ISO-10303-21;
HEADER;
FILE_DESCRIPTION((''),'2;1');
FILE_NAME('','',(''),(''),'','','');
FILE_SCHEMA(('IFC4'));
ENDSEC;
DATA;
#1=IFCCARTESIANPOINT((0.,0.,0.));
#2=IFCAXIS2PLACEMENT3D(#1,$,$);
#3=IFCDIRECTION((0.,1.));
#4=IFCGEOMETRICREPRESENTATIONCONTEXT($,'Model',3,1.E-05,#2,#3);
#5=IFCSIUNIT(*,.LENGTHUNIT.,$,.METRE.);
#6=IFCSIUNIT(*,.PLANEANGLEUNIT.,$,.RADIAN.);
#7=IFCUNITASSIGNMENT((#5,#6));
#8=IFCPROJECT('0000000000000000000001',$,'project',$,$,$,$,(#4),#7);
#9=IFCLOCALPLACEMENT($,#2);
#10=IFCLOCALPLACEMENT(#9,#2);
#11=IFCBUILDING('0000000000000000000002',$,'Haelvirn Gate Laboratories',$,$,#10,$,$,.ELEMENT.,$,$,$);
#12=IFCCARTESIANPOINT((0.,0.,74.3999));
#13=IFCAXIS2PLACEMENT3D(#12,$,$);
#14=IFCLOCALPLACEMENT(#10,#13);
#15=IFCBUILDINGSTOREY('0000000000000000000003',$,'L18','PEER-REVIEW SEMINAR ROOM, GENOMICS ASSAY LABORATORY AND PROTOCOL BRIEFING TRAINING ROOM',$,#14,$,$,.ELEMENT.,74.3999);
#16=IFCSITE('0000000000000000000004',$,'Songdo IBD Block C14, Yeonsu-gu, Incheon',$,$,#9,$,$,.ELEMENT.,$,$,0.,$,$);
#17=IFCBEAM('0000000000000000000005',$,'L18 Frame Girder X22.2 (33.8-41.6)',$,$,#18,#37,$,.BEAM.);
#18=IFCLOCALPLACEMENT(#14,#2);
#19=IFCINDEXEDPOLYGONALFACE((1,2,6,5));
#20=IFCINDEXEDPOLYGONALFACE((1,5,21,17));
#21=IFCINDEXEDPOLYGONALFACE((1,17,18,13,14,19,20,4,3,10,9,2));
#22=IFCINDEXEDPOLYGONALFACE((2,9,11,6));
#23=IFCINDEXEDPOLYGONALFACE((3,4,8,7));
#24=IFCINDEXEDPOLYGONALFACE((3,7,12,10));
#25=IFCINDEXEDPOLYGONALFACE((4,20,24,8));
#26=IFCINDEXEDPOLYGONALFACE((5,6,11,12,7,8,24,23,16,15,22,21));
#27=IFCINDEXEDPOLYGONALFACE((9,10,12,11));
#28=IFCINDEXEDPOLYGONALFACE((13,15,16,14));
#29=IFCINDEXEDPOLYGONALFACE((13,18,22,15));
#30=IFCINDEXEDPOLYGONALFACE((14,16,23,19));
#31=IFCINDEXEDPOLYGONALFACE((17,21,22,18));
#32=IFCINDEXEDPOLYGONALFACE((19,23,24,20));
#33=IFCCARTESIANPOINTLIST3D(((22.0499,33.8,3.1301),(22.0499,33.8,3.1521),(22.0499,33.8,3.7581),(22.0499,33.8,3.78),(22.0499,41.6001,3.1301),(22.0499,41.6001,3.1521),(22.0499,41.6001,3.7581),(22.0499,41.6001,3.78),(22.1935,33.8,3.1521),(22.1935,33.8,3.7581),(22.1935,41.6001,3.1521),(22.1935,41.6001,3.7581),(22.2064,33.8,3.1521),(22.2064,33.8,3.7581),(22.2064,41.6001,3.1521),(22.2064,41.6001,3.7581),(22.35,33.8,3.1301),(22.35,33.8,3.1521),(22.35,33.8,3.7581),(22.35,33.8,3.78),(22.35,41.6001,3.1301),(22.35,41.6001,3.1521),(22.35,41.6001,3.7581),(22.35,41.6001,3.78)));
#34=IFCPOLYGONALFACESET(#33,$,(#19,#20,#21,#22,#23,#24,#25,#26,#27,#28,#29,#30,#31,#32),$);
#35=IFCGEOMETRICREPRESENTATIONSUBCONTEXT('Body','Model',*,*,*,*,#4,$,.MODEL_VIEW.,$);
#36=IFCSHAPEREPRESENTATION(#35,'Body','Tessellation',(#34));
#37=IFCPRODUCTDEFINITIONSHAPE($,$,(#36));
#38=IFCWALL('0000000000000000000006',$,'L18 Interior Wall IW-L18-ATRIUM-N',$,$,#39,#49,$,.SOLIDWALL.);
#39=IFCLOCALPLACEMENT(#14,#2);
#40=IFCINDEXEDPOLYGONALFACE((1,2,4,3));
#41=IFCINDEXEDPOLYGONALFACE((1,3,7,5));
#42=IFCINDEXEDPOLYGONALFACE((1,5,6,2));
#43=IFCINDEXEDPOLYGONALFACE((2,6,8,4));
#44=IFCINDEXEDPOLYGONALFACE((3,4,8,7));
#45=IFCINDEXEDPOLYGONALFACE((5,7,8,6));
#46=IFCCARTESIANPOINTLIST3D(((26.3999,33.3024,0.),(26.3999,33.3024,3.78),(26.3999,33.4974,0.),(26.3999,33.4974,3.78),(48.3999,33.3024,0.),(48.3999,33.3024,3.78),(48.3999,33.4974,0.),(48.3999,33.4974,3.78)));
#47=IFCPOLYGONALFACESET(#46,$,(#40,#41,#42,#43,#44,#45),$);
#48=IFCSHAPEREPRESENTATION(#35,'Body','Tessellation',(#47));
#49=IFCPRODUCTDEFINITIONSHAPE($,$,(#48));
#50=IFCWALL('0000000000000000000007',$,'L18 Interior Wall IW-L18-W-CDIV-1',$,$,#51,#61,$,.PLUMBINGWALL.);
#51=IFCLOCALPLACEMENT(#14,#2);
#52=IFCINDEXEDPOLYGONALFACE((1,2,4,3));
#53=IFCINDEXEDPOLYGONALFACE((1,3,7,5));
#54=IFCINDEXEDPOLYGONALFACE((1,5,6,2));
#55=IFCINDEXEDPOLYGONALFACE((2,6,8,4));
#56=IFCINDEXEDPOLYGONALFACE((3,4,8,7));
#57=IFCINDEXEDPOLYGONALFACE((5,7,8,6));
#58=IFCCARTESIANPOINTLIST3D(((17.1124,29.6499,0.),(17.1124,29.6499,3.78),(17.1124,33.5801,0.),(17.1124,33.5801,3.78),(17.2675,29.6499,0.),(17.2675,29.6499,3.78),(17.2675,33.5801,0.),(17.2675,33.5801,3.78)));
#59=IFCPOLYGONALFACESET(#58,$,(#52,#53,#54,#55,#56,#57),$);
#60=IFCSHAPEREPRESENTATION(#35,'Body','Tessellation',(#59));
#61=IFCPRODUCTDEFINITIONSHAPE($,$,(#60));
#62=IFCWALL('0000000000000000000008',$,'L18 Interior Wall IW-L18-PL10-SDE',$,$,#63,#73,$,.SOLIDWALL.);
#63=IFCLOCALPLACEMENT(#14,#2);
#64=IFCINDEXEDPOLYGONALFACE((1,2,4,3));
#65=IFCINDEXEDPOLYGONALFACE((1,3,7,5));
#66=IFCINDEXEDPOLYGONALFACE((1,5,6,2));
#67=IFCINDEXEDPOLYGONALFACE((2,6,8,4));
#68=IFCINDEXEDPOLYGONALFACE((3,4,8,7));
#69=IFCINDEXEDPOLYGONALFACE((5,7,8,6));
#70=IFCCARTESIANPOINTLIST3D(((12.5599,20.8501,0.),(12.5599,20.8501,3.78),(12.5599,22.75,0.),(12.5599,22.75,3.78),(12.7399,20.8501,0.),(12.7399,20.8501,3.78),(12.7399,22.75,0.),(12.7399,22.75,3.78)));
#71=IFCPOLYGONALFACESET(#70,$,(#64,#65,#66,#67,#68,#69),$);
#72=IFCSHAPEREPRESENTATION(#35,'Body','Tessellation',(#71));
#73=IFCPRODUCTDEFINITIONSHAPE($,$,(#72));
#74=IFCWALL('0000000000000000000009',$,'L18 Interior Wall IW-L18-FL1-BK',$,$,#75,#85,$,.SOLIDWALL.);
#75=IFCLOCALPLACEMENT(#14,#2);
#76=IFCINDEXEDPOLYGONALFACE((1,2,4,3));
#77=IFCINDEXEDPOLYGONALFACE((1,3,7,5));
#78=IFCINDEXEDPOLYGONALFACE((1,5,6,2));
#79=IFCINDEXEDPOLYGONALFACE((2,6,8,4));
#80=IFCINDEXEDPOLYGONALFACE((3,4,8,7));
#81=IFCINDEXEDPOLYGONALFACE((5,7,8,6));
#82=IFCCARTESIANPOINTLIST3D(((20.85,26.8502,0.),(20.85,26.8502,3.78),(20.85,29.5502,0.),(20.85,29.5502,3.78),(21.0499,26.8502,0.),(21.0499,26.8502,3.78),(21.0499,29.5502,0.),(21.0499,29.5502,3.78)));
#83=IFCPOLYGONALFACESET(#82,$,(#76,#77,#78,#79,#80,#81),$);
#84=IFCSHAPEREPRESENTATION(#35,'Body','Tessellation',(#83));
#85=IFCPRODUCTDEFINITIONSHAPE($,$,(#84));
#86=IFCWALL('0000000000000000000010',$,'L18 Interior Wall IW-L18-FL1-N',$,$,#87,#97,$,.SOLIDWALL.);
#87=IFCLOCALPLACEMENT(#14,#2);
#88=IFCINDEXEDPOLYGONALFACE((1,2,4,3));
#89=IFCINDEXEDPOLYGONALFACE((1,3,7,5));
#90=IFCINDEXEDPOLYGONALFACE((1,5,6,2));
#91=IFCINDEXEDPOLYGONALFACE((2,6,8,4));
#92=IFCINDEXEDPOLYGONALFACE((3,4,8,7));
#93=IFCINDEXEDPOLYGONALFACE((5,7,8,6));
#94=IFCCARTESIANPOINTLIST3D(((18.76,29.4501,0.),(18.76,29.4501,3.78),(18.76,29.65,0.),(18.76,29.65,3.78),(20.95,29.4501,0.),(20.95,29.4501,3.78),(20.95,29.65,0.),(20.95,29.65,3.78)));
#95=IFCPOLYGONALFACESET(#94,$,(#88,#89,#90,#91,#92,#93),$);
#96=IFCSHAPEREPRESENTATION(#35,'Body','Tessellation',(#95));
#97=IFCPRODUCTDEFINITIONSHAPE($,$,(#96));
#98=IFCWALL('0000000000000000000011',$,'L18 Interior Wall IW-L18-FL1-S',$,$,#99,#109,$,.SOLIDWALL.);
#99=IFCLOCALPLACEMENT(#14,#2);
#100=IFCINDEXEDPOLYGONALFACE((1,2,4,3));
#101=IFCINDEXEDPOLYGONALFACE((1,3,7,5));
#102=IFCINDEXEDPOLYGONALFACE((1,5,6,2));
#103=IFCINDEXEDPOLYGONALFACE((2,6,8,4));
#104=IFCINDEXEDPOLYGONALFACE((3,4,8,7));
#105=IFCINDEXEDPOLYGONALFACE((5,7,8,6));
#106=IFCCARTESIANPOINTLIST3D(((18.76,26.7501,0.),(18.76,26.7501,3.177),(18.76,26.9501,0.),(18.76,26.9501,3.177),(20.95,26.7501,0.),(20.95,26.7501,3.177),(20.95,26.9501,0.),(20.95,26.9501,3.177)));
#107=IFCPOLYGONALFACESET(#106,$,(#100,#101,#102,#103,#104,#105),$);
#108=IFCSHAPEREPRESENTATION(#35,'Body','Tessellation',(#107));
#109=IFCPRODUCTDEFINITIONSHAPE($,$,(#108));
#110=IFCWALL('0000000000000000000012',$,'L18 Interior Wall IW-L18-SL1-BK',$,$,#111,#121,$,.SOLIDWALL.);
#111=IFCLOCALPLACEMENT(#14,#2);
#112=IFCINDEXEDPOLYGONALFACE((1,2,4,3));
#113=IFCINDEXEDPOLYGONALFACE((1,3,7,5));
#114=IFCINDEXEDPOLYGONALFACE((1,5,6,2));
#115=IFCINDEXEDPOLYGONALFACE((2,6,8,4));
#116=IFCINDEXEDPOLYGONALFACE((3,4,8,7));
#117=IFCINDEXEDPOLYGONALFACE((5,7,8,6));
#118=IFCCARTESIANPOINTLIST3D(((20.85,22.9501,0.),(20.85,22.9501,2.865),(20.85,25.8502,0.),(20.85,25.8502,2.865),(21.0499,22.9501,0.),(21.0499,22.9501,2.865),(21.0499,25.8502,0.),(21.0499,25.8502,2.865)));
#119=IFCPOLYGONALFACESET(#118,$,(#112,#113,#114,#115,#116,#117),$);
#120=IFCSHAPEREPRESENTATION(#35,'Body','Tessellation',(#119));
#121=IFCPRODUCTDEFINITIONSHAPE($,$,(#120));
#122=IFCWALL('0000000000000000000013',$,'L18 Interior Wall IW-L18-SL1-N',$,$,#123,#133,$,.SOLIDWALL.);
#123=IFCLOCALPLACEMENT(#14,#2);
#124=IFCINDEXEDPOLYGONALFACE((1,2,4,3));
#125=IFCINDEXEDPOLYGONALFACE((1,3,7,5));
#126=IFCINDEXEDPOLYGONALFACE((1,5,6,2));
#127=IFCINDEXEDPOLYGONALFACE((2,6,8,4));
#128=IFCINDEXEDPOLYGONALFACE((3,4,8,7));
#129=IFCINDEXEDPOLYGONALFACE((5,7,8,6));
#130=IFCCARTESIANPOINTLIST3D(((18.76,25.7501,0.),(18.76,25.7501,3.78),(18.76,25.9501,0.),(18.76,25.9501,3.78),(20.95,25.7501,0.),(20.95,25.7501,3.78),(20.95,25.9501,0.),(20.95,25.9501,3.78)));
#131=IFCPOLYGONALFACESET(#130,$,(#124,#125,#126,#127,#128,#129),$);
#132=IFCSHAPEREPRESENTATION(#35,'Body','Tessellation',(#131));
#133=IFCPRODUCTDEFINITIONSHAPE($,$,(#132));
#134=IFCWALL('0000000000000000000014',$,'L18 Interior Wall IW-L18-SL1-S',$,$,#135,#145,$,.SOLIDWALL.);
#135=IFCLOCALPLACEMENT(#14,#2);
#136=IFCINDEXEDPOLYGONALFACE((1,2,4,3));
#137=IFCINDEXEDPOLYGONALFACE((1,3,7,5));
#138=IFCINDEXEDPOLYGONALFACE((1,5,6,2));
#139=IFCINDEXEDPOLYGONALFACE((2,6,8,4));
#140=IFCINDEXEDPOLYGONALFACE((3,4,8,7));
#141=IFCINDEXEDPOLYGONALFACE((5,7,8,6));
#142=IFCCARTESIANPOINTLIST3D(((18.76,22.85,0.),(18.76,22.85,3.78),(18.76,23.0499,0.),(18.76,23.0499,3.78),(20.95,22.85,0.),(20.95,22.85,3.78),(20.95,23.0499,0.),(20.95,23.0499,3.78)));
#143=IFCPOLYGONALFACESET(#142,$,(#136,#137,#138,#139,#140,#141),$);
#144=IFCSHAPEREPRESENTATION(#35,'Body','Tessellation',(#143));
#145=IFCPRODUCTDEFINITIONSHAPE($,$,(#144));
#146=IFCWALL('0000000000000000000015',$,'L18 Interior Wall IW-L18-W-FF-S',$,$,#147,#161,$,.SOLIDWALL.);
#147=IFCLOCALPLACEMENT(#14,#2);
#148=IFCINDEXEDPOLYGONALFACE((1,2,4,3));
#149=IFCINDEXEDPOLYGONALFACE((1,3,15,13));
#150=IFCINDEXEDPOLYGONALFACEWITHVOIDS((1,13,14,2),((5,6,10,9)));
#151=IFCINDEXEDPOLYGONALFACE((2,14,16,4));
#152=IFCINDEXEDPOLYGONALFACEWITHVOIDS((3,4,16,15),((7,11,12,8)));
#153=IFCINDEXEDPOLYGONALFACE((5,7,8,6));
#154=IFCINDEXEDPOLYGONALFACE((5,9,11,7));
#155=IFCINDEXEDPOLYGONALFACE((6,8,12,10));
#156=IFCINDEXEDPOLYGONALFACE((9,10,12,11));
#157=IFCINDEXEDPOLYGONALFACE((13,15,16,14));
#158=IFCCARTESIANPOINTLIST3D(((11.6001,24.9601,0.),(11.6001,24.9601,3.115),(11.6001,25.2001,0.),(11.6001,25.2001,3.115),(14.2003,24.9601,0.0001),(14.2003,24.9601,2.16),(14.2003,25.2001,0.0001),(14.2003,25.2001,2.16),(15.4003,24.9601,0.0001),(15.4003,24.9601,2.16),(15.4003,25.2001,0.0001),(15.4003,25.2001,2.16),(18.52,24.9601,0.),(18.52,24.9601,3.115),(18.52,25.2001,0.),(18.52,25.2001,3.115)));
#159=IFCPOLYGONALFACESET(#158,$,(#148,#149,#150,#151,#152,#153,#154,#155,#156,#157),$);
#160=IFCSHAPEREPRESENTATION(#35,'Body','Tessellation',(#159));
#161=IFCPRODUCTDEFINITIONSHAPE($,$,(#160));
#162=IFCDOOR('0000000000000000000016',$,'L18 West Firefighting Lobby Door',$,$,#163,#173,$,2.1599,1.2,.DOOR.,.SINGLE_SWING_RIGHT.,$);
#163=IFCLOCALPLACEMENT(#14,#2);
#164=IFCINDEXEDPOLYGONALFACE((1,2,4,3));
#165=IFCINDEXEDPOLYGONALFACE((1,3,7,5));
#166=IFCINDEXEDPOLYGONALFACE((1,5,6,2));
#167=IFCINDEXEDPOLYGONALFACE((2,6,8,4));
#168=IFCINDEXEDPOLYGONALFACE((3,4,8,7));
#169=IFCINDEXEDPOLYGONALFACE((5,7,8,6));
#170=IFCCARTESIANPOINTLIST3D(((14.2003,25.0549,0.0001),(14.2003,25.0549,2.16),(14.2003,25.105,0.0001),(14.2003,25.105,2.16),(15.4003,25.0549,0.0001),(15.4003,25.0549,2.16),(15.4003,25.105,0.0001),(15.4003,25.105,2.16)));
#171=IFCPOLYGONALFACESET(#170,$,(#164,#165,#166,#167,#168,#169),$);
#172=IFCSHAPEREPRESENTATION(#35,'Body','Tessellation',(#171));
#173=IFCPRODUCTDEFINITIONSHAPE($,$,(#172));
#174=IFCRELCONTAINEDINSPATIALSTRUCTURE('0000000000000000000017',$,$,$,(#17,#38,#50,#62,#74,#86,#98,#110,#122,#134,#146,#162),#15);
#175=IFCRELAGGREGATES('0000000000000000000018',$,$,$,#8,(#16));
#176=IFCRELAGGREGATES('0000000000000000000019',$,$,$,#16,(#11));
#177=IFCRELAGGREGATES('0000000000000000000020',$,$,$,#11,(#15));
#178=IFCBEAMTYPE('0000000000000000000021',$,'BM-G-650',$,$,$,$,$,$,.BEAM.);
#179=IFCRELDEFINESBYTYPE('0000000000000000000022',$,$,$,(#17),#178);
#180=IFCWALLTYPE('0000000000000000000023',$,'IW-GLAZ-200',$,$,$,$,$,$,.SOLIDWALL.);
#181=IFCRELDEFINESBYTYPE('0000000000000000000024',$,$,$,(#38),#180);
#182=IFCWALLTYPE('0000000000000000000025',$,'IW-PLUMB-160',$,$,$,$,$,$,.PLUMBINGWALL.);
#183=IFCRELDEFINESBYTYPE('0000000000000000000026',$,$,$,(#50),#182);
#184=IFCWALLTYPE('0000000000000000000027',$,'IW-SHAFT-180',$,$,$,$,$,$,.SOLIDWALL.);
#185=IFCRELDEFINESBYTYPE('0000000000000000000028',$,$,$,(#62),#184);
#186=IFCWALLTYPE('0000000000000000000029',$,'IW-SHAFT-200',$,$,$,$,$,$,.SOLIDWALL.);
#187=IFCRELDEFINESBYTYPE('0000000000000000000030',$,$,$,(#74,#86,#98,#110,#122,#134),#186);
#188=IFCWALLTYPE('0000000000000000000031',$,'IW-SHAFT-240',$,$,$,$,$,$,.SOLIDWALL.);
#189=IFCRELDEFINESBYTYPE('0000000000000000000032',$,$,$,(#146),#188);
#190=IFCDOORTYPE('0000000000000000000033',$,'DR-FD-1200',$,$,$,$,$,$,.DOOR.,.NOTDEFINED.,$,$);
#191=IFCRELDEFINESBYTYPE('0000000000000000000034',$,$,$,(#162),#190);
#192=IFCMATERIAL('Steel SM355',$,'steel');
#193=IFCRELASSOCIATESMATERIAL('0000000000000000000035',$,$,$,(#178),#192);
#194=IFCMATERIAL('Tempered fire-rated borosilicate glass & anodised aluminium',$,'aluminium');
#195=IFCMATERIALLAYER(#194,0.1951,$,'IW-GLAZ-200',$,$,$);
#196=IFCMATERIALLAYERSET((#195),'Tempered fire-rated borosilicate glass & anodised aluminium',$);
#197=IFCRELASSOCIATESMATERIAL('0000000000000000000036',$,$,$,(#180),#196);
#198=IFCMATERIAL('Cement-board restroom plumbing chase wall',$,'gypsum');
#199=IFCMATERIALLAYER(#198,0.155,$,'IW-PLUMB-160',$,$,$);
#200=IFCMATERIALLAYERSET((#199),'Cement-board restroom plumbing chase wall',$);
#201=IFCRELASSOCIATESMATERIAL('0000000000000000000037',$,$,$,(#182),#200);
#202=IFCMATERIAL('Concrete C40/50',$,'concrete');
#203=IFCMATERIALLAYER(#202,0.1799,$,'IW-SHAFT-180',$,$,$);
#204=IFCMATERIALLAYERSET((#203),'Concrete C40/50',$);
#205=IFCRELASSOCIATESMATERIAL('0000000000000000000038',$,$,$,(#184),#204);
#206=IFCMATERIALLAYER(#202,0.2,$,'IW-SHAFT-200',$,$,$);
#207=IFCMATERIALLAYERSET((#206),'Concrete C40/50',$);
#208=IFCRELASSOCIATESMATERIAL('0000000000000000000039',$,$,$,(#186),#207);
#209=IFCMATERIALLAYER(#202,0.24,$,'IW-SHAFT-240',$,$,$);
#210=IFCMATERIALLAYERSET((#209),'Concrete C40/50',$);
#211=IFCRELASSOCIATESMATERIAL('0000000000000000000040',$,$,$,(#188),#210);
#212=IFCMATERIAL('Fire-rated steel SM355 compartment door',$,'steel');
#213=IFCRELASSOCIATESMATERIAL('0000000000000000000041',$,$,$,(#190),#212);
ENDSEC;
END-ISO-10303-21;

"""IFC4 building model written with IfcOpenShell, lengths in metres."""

from ifc_helpers import new_model, si_unit, direction, frame, frame_2d, origin, origin_2d, place, context, subcontext, project, spatial, rectangle, i_section, extrude, source, transform, mapped, material, layer, layer_set, material_profile, profile_set, type_object, type_shapes, element, fill, save


model = new_model("IFC4")

# Units and contexts
model_context = context("Model", 3, precision=1e-05, world=origin(), true_north=direction((0.0, 1.0)))
body_context = subcontext(model_context, "Body", "Model", "MODEL_VIEW")
ifc_project = project(units=[si_unit("LENGTHUNIT", "METRE"), si_unit("PLANEANGLEUNIT", "RADIAN")], contexts=[model_context])

# Site, building, storey
site_placement = place(None, origin())
site = spatial("IfcSite", under=ifc_project, at=site_placement, Name="Songdo IBD Block C14, Yeonsu-gu, Incheon", CompositionType="ELEMENT", RefElevation=0.0)
building_placement = place(site_placement, origin())
building = spatial("IfcBuilding", under=site, at=building_placement, Name="Haelvirn Gate Laboratories", CompositionType="ELEMENT")
storey_placement = place(building_placement, frame((0.0, 0.0, 74.3999)))
storey = spatial("IfcBuildingStorey", under=building, at=storey_placement, Name="L18", Description="PEER-REVIEW SEMINAR ROOM, GENOMICS ASSAY LABORATORY AND PROTOCOL BRIEFING TRAINING ROOM", CompositionType="ELEMENT", Elevation=74.3999)

# Beam
ifc_material_1 = material(Name="Steel SM355", Category="steel")
ifc_material_profile_1 = material_profile(ifc_material_1, i_section(OverallWidth=0.3, OverallDepth=0.6499, WebThickness=0.0129, FlangeThickness=0.022, at=origin_2d()), Name="H-650x300x13x22")
ifc_profile_set_1 = profile_set([ifc_material_profile_1], Name="Steel SM355")
beam_type_1 = type_object("IfcBeamType", Name="BM-G-650", PredefinedType="BEAM", material=ifc_profile_set_1)
shared_shape_1 = source(origin(), body_context, "Body", "SweptSolid", [
    extrude(i_section(OverallWidth=0.3, OverallDepth=0.6499, WebThickness=0.0129, FlangeThickness=0.022, at=origin_2d()), origin(), (0.0, 0.0, 1.0), 7.8),
])
type_shapes(beam_type_1, [shared_shape_1])
beam_1_placement = place(storey_placement, frame((22.2, 33.8, 3.4551), z_axis=(0.0, 1.0, 0.0), x_axis=(-1.0, 0.0, 0.0)))
element("IfcBeam", 1, at=beam_1_placement, inside=storey, type_object=beam_type_1, Name="L18 Frame Girder X22.2 (33.8-41.6)", PredefinedType="BEAM", context=body_context, shape_type="MappedRepresentation", body=[
    mapped(shared_shape_1, transform((0.0, 0.0, 0.0), scale=1.0)),
])

# Walls
ifc_material_2 = material(Name="Tempered fire-rated borosilicate glass & anodised aluminium", Category="aluminium")
ifc_layer_1 = layer(ifc_material_2, 0.1951, Name="IW-GLAZ-200")
ifc_layer_set_1 = layer_set([ifc_layer_1], Name="Tempered fire-rated borosilicate glass & anodised aluminium")
wall_type_1 = type_object("IfcWallType", Name="IW-GLAZ-200", PredefinedType="SOLIDWALL", material=ifc_layer_set_1)
wall_1_placement = place(storey_placement, frame((26.3999, 33.3999, 0.0), z_axis=(0.0, 0.0, 1.0), x_axis=(1.0, 0.0, 0.0)))
element("IfcWall", 2, at=wall_1_placement, inside=storey, type_object=wall_type_1, Name="L18 Interior Wall IW-L18-ATRIUM-N", PredefinedType="SOLIDWALL", context=body_context, shape_type="SweptSolid", body=[
    extrude(rectangle(XDim=22.0, YDim=0.1951, at=frame_2d((11.0, 0.0))), origin(), (0.0, 0.0, 1.0), 3.78),
])
ifc_material_3 = material(Name="Cement-board restroom plumbing chase wall", Category="gypsum")
ifc_layer_2 = layer(ifc_material_3, 0.155, Name="IW-PLUMB-160")
ifc_layer_set_2 = layer_set([ifc_layer_2], Name="Cement-board restroom plumbing chase wall")
wall_type_2 = type_object("IfcWallType", Name="IW-PLUMB-160", PredefinedType="PLUMBINGWALL", material=ifc_layer_set_2)
wall_2_placement = place(storey_placement, frame((17.1899, 29.6499, 0.0), z_axis=(0.0, 0.0, 1.0), x_axis=(0.0, 1.0, 0.0)))
element("IfcWall", 3, at=wall_2_placement, inside=storey, type_object=wall_type_2, Name="L18 Interior Wall IW-L18-W-CDIV-1", PredefinedType="PLUMBINGWALL", context=body_context, shape_type="SweptSolid", body=[
    extrude(rectangle(XDim=3.9302, YDim=0.155, at=frame_2d((1.9651, 0.0))), origin(), (0.0, 0.0, 1.0), 3.78),
])
ifc_material_4 = material(Name="Concrete C40/50", Category="concrete")
ifc_layer_3 = layer(ifc_material_4, 0.1799, Name="IW-SHAFT-180")
ifc_layer_set_3 = layer_set([ifc_layer_3], Name="Concrete C40/50")
wall_type_3 = type_object("IfcWallType", Name="IW-SHAFT-180", PredefinedType="SOLIDWALL", material=ifc_layer_set_3)
wall_3_placement = place(storey_placement, frame((12.6499, 20.8501, 0.0), z_axis=(0.0, 0.0, 1.0), x_axis=(0.0, 1.0, 0.0)))
element("IfcWall", 4, at=wall_3_placement, inside=storey, type_object=wall_type_3, Name="L18 Interior Wall IW-L18-PL10-SDE", PredefinedType="SOLIDWALL", context=body_context, shape_type="SweptSolid", body=[
    extrude(rectangle(XDim=1.8999, YDim=0.1799, at=frame_2d((0.95, 0.0))), origin(), (0.0, 0.0, 1.0), 3.78),
])
ifc_layer_4 = layer(ifc_material_4, 0.2, Name="IW-SHAFT-200")
ifc_layer_set_4 = layer_set([ifc_layer_4], Name="Concrete C40/50")
wall_type_4 = type_object("IfcWallType", Name="IW-SHAFT-200", PredefinedType="SOLIDWALL", material=ifc_layer_set_4)
wall_4_placement = place(storey_placement, frame((20.95, 26.8501, 0.0), z_axis=(0.0, 0.0, 1.0), x_axis=(0.0, 1.0, 0.0)))
element("IfcWall", 5, at=wall_4_placement, inside=storey, type_object=wall_type_4, Name="L18 Interior Wall IW-L18-FL1-BK", PredefinedType="SOLIDWALL", context=body_context, shape_type="SweptSolid", body=[
    extrude(rectangle(XDim=2.7, YDim=0.2, at=frame_2d((1.3501, 0.0))), origin(), (0.0, 0.0, 1.0), 3.78),
])
wall_5_placement = place(storey_placement, frame((18.76, 29.55, 0.0), z_axis=(0.0, 0.0, 1.0), x_axis=(1.0, 0.0, 0.0)))
element("IfcWall", 6, at=wall_5_placement, inside=storey, type_object=wall_type_4, Name="L18 Interior Wall IW-L18-FL1-N", PredefinedType="SOLIDWALL", context=body_context, shape_type="SweptSolid", body=[
    extrude(rectangle(XDim=2.1899, YDim=0.2, at=frame_2d((1.095, 0.0))), origin(), (0.0, 0.0, 1.0), 3.78),
])
wall_6_placement = place(storey_placement, frame((18.76, 26.8501, 0.0), z_axis=(0.0, 0.0, 1.0), x_axis=(1.0, 0.0, 0.0)))
element("IfcWall", 7, at=wall_6_placement, inside=storey, type_object=wall_type_4, Name="L18 Interior Wall IW-L18-FL1-S", PredefinedType="SOLIDWALL", context=body_context, shape_type="SweptSolid", body=[
    extrude(rectangle(XDim=2.1899, YDim=0.2, at=frame_2d((1.095, 0.0))), origin(), (0.0, 0.0, 1.0), 3.177),
])
wall_7_placement = place(storey_placement, frame((20.95, 22.95, 0.0), z_axis=(0.0, 0.0, 1.0), x_axis=(0.0, 1.0, 0.0)))
element("IfcWall", 8, at=wall_7_placement, inside=storey, type_object=wall_type_4, Name="L18 Interior Wall IW-L18-SL1-BK", PredefinedType="SOLIDWALL", context=body_context, shape_type="SweptSolid", body=[
    extrude(rectangle(XDim=2.9001, YDim=0.2, at=frame_2d((1.4502, 0.0))), origin(), (0.0, 0.0, 1.0), 2.865),
])
for number, where, z_axis, x_axis, name in (
    (9, (18.76, 25.8501, 0.0), (0.0, 0.0, 1.0), (1.0, 0.0, 0.0), "L18 Interior Wall IW-L18-SL1-N"),
    (10, (18.76, 22.95, 0.0), (0.0, 0.0, 1.0), (1.0, 0.0, 0.0), "L18 Interior Wall IW-L18-SL1-S"),
):
    element("IfcWall", number, at=place(storey_placement, frame(where, z_axis=z_axis, x_axis=x_axis)), inside=storey, type_object=wall_type_4, Name=name, PredefinedType="SOLIDWALL", context=body_context, shape_type="SweptSolid", body=[
        extrude(rectangle(XDim=2.1899, YDim=0.2, at=frame_2d((1.095, 0.0))), origin(), (0.0, 0.0, 1.0), 3.78),
    ])

# Wall, opening, door
ifc_layer_5 = layer(ifc_material_4, 0.24, Name="IW-SHAFT-240")
ifc_layer_set_5 = layer_set([ifc_layer_5], Name="Concrete C40/50")
wall_type_5 = type_object("IfcWallType", Name="IW-SHAFT-240", PredefinedType="SOLIDWALL", material=ifc_layer_set_5)
wall_8_placement = place(storey_placement, frame((11.6001, 25.0801, 0.0), z_axis=(0.0, 0.0, 1.0), x_axis=(1.0, 0.0, 0.0)))
wall_8 = element("IfcWall", 11, at=wall_8_placement, inside=storey, type_object=wall_type_5, Name="L18 Interior Wall IW-L18-W-FF-S", PredefinedType="SOLIDWALL", context=body_context, shape_type="SweptSolid", body=[
    extrude(rectangle(XDim=6.9199, YDim=0.24, at=frame_2d((3.46, 0.0))), origin(), (0.0, 0.0, 1.0), 3.115),
])
opening_1_placement = place(wall_8_placement, frame((2.6001, 0.0, 0.0)))
opening_1 = element("IfcOpeningElement", 12, at=opening_1_placement, cuts=wall_8, PredefinedType="OPENING", context=body_context, shape_type="SweptSolid", body=[
    extrude(rectangle(XDim=1.2, YDim=2.1599, at=frame_2d((0.6001, 1.0801))), frame((0.0, 0.1299, 0.0), z_axis=(0.0, -1.0, 0.0), x_axis=(1.0, 0.0, 0.0)), (0.0, 0.0, 1.0), 0.26),
])
ifc_material_5 = material(Name="Fire-rated steel SM355 compartment door", Category="steel")
door_type_1 = type_object("IfcDoorType", Name="DR-FD-1200", OperationType="NOTDEFINED", PredefinedType="DOOR", material=ifc_material_5)
shared_shape_2 = source(origin(), body_context, "Body", "SweptSolid", [
    extrude(rectangle(XDim=1.2, YDim=2.1599, at=frame_2d((0.6001, 1.0801))), frame((0.0, 0.0249, 0.0), z_axis=(0.0, -1.0, 0.0), x_axis=(1.0, 0.0, 0.0)), (0.0, 0.0, 1.0), 0.05),
])
type_shapes(door_type_1, [shared_shape_2])
door_1_placement = place(opening_1_placement, origin())
door_1 = element("IfcDoor", 13, at=door_1_placement, inside=storey, type_object=door_type_1, Name="L18 West Firefighting Lobby Door", OperationType="SINGLE_SWING_RIGHT", OverallHeight=2.1599, OverallWidth=1.2, PredefinedType="DOOR", context=body_context, shape_type="MappedRepresentation", body=[
    mapped(shared_shape_2, transform((0.0, 0.0, 0.0), scale=1.0)),
])
fill(opening_1, door_1)

save(model, "model.ifc")
